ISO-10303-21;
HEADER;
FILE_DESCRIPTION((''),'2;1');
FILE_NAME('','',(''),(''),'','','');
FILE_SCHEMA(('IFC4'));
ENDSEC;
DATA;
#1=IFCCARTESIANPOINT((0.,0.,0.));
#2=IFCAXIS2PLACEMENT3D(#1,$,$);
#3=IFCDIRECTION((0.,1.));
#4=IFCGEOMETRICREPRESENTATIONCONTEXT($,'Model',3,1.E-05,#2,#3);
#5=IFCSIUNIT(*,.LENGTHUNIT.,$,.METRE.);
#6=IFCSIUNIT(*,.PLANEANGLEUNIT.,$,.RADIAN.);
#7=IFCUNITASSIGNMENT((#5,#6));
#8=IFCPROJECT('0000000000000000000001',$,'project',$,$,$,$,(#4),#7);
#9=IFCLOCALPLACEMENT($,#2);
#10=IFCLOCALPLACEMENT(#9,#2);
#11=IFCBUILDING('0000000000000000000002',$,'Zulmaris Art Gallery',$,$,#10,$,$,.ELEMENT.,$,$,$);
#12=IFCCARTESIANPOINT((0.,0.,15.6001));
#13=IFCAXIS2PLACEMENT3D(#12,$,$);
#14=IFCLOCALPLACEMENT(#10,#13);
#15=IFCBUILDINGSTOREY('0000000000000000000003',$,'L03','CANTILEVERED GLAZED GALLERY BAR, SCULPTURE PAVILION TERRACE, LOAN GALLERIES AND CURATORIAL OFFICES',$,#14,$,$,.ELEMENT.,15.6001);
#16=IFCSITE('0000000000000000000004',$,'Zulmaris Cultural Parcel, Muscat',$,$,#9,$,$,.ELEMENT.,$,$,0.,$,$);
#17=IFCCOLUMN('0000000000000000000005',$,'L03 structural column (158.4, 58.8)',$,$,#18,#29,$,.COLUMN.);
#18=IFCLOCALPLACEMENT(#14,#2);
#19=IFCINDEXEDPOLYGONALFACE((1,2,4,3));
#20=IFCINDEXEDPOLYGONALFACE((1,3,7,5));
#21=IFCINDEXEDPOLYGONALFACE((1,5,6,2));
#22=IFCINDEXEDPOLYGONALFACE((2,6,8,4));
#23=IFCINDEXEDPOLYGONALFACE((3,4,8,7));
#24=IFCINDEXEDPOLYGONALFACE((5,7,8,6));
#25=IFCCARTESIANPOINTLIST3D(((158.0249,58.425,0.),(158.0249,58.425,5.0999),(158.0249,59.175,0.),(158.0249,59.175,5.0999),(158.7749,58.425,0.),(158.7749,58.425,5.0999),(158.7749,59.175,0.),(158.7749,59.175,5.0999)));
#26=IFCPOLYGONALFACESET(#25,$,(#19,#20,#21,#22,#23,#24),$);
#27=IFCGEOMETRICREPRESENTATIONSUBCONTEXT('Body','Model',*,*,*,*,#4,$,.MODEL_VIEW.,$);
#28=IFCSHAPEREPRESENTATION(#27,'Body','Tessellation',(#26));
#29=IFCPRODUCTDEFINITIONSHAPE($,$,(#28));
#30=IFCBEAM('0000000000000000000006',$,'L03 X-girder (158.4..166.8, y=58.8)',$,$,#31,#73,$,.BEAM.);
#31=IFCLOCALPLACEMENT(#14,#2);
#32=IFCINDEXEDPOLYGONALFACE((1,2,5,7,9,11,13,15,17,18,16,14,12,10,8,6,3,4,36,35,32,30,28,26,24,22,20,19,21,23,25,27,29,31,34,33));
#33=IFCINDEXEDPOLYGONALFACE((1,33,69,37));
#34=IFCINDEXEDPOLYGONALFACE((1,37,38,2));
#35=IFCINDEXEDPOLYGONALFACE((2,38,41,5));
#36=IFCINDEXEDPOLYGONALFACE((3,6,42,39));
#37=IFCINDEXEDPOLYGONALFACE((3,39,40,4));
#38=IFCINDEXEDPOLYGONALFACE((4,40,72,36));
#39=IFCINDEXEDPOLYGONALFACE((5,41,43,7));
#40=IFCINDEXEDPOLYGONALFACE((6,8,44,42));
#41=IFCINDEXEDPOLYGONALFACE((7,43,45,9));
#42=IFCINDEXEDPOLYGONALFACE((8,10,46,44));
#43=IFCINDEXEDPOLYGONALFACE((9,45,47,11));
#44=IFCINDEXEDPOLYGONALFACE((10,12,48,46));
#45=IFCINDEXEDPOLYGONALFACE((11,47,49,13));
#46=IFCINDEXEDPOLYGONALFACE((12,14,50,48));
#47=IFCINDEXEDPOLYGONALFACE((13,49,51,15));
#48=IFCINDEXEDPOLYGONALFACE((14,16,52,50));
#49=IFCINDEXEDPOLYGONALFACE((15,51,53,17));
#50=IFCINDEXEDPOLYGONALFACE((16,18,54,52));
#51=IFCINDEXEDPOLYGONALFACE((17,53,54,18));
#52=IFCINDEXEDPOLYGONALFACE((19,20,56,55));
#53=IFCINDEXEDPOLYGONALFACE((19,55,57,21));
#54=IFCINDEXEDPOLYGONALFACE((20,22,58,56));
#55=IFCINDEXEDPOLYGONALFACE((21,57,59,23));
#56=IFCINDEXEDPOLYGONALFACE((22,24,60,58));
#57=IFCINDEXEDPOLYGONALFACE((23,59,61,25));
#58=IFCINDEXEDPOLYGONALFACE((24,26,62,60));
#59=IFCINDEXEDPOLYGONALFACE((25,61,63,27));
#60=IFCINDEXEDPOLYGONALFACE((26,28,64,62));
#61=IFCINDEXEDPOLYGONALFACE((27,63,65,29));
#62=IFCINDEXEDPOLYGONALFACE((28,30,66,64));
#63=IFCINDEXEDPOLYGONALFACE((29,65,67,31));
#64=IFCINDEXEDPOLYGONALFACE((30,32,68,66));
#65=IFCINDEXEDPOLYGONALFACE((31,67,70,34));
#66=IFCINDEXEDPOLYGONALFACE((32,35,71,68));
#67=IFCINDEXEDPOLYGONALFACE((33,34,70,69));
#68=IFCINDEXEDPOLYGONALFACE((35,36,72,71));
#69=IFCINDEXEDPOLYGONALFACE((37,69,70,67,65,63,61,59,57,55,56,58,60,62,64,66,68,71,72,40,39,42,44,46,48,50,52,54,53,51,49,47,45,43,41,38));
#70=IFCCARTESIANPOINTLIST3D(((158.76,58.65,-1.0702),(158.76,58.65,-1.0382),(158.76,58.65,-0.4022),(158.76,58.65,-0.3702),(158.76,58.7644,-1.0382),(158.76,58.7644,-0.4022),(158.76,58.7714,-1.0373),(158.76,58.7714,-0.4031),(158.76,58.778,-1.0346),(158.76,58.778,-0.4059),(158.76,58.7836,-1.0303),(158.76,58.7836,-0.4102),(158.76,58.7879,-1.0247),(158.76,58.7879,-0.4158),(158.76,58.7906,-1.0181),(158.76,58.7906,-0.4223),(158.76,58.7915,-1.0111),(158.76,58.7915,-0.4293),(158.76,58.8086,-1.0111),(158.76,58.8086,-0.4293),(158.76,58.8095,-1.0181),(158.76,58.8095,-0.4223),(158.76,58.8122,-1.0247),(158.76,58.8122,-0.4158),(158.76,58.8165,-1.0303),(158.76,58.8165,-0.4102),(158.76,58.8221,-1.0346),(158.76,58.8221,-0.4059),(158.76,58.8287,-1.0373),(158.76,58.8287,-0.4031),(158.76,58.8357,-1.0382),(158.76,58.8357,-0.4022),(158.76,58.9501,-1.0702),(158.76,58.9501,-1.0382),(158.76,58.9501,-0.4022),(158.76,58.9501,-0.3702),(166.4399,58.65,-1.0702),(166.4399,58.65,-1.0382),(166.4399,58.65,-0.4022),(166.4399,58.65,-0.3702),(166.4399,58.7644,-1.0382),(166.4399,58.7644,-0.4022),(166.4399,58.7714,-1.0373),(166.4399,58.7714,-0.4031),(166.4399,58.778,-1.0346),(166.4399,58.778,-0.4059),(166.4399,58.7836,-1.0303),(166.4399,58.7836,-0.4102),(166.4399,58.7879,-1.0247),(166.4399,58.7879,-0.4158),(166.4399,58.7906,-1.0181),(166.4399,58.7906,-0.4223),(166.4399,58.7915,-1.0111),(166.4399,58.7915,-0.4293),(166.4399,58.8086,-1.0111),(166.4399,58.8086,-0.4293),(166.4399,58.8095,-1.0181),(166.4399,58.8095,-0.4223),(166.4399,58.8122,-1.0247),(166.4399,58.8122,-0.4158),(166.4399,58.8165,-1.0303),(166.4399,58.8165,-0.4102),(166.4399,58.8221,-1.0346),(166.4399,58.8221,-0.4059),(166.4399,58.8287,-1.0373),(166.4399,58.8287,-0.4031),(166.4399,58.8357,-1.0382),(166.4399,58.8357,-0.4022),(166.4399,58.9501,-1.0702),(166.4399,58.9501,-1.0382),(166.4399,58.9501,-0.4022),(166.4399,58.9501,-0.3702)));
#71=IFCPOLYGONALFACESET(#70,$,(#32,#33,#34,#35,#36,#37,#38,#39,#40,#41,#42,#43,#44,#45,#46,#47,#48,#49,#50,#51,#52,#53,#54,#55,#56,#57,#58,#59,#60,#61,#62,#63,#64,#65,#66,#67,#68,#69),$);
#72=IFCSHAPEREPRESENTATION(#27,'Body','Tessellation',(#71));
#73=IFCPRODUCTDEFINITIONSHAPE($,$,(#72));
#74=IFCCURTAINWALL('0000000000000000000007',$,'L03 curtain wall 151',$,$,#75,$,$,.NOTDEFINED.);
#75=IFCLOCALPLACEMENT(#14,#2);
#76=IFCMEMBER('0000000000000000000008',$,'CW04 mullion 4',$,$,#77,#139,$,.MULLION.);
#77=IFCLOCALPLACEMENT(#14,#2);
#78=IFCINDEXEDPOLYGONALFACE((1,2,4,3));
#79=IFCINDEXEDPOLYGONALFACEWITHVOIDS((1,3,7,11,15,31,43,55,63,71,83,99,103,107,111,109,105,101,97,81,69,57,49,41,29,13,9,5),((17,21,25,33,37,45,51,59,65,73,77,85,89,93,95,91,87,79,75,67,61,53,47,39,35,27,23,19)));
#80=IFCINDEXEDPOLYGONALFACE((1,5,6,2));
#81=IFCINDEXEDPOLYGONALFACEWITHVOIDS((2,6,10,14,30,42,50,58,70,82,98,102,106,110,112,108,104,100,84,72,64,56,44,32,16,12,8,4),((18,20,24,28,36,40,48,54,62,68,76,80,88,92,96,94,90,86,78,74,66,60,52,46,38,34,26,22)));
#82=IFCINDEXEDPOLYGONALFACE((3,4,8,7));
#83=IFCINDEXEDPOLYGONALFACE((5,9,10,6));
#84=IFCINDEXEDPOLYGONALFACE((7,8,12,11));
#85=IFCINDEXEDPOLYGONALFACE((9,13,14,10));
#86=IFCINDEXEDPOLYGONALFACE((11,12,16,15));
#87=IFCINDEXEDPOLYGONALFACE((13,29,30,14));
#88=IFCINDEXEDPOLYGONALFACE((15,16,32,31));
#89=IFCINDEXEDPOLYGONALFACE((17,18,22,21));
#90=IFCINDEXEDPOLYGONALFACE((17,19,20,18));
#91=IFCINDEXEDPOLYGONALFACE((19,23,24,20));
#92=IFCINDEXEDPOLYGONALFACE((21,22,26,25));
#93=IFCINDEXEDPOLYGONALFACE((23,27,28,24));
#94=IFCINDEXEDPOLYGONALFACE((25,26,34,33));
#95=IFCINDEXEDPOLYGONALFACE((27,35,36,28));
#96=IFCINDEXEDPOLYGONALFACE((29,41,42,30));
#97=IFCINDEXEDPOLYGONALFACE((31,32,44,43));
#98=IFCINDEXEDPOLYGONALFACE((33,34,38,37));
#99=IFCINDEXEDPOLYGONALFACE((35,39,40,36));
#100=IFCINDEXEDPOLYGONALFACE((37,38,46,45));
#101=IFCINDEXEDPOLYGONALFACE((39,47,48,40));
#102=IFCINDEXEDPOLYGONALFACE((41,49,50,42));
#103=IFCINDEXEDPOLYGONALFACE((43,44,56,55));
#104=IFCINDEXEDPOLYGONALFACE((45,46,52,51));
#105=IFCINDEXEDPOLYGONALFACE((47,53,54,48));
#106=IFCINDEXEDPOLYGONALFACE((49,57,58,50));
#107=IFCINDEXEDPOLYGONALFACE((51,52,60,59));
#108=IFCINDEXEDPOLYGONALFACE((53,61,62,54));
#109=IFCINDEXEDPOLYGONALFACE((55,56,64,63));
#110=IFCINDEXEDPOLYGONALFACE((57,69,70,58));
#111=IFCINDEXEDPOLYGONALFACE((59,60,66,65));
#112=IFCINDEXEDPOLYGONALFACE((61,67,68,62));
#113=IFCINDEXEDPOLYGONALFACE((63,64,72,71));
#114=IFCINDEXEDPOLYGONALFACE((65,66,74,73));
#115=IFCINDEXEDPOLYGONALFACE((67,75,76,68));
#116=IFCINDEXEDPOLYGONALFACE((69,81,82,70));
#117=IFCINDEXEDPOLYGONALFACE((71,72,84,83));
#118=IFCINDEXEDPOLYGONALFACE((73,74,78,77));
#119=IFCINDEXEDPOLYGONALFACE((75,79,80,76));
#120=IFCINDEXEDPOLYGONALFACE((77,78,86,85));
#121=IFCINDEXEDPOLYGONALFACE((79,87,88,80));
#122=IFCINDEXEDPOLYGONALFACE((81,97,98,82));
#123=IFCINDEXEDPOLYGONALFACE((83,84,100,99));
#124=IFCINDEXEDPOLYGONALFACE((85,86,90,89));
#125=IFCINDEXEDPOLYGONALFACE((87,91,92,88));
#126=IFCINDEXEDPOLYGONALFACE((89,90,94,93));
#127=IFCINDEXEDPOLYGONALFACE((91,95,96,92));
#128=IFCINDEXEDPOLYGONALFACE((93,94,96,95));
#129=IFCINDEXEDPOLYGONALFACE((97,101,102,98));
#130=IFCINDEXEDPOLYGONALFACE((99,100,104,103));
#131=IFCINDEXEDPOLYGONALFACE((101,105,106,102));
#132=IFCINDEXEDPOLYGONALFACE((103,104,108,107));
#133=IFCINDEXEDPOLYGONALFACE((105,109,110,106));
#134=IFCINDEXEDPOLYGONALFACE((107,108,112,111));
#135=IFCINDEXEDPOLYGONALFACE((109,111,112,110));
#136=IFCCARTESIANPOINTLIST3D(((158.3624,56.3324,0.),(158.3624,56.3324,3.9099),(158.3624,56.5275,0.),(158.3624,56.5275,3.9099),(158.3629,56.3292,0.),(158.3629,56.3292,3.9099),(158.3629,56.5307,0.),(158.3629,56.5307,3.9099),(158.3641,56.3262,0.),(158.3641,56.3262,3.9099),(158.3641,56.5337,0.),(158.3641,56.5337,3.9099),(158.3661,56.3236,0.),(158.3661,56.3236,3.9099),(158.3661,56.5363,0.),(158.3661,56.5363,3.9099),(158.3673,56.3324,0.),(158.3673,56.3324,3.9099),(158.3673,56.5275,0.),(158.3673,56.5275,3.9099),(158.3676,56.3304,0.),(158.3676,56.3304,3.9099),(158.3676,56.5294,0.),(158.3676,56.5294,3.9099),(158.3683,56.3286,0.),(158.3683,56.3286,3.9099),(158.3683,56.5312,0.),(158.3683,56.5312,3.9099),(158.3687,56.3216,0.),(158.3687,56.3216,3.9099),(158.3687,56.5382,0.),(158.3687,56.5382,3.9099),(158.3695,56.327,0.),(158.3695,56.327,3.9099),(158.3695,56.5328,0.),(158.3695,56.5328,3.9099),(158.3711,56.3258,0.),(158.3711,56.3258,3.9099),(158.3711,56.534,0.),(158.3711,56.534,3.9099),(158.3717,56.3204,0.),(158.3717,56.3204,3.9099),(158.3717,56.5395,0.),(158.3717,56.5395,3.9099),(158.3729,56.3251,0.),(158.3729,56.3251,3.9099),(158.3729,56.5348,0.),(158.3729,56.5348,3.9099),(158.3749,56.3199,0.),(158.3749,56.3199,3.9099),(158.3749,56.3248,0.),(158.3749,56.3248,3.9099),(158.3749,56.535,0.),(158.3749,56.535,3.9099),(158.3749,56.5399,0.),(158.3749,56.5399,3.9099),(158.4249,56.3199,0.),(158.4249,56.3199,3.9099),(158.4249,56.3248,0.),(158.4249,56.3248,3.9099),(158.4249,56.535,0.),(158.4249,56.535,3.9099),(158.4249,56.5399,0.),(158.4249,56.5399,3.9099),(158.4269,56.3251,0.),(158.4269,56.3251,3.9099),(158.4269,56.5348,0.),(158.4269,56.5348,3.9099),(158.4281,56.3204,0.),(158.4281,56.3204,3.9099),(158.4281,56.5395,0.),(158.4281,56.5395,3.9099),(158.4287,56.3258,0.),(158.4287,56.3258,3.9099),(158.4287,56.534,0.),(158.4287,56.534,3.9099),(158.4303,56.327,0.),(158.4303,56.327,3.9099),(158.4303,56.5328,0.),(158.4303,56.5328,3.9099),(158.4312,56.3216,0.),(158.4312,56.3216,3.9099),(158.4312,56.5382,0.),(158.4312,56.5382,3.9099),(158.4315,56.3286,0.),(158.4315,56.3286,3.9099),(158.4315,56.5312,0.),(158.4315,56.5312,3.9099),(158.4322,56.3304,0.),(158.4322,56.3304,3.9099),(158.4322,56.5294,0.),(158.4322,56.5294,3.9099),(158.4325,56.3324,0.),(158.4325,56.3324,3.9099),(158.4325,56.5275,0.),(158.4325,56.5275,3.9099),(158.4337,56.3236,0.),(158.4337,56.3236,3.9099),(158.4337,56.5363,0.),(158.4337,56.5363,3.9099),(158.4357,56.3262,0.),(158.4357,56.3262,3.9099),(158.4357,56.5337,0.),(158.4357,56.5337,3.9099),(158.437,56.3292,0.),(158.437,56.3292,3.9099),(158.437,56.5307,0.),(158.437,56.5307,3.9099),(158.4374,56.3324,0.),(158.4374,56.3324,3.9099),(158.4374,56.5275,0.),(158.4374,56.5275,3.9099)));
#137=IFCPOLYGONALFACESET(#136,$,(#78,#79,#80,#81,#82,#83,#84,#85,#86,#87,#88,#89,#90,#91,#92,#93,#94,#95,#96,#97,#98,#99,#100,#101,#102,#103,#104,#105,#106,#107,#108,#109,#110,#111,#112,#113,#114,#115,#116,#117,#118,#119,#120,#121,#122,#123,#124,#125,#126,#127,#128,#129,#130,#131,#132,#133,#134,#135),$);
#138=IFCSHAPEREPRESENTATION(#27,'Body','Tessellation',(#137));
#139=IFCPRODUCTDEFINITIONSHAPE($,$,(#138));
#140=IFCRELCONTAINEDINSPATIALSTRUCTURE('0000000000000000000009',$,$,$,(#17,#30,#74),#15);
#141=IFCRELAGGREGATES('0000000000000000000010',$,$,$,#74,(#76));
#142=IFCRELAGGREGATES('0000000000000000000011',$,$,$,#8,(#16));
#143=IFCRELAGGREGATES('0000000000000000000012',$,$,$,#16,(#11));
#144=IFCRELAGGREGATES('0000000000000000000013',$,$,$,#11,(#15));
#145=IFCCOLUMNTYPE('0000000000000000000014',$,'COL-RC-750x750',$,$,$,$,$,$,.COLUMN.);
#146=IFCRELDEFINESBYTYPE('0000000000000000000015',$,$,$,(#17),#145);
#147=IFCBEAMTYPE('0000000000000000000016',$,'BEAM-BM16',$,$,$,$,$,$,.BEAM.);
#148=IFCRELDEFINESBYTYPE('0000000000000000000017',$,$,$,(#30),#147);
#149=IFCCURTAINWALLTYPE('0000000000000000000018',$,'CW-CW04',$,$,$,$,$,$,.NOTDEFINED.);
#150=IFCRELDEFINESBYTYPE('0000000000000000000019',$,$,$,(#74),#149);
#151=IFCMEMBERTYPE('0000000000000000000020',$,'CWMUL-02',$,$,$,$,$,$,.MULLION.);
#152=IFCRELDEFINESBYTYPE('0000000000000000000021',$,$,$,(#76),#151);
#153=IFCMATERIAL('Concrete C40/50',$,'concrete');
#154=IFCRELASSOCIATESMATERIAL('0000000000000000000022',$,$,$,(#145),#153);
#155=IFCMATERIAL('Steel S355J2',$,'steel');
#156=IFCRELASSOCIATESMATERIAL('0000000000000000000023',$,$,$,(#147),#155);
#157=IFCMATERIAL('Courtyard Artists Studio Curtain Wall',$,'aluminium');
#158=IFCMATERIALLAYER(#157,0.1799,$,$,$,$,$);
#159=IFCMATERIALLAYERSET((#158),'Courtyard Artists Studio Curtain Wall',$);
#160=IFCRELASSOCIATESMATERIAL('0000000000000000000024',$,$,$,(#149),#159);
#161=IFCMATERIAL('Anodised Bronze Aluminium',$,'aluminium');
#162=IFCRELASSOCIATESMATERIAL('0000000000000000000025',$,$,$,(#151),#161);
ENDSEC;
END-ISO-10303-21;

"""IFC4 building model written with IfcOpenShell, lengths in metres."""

from ifc_helpers import new_model, si_unit, direction, frame, origin, origin_2d, place, context, subcontext, project, spatial, rectangle, hollow_rectangle, i_section, extrude, material, layer, layer_set, material_profile, profile_set, type_object, element, aggregate, save


model = new_model("IFC4")

# Units and contexts
model_context = context("Model", 3, precision=1e-05, world=origin(), true_north=direction((0.0, 1.0)))
body_context = subcontext(model_context, "Body", "Model", "MODEL_VIEW")
ifc_project = project(units=[si_unit("LENGTHUNIT", "METRE"), si_unit("PLANEANGLEUNIT", "RADIAN")], contexts=[model_context])

# Site, building, storey
site_placement = place(None, origin())
site = spatial("IfcSite", under=ifc_project, at=site_placement, Name="Zulmaris Cultural Parcel, Muscat", CompositionType="ELEMENT", RefElevation=0.0)
building_placement = place(site_placement, origin())
building = spatial("IfcBuilding", under=site, at=building_placement, Name="Zulmaris Art Gallery", CompositionType="ELEMENT")
storey_placement = place(building_placement, frame((0.0, 0.0, 15.6001)))
storey = spatial("IfcBuildingStorey", under=building, at=storey_placement, Name="L03", Description="CANTILEVERED GLAZED GALLERY BAR, SCULPTURE PAVILION TERRACE, LOAN GALLERIES AND CURATORIAL OFFICES", CompositionType="ELEMENT", Elevation=15.6001)

# Column
ifc_material_1 = material(Name="Concrete C40/50", Category="concrete")
ifc_material_profile_1 = material_profile(ifc_material_1, rectangle(XDim=0.75, YDim=0.75, at=origin_2d()), Name="RC 750x750")
ifc_profile_set_1 = profile_set([ifc_material_profile_1], Name="Concrete C40/50")
column_type = type_object("IfcColumnType", Name="COL-RC-750x750", PredefinedType="COLUMN", material=ifc_profile_set_1)
column_placement = place(storey_placement, frame((158.3999, 58.8, 0.0), z_axis=(0.0, 0.0, 1.0), x_axis=(1.0, 0.0, 0.0)))
element("IfcColumn", 1, at=column_placement, inside=storey, type_object=column_type, Name="L03 structural column (158.4, 58.8)", PredefinedType="COLUMN", context=body_context, shape_type="SweptSolid", body=[
    extrude(rectangle(XDim=0.75, YDim=0.75, at=origin_2d()), origin(), (0.0, 0.0, 1.0), 5.0999),
])

# Beam
ifc_material_2 = material(Name="Steel S355J2", Category="steel")
ifc_material_profile_2 = material_profile(ifc_material_2, i_section(OverallWidth=0.3, OverallDepth=0.7, WebThickness=0.0171, FlangeThickness=0.032, FilletRadius=0.0271, at=origin_2d()), Name="HEB 700")
ifc_profile_set_2 = profile_set([ifc_material_profile_2], Name="Steel S355J2")
beam_type = type_object("IfcBeamType", Name="BEAM-BM16", PredefinedType="BEAM", material=ifc_profile_set_2)
beam_placement = place(storey_placement, frame((158.76, 58.8, -0.7202), z_axis=(1.0, 0.0, 0.0), x_axis=(0.0, 1.0, 0.0)))
element("IfcBeam", 2, at=beam_placement, inside=storey, type_object=beam_type, Name="L03 X-girder (158.4..166.8, y=58.8)", PredefinedType="BEAM", context=body_context, shape_type="SweptSolid", body=[
    extrude(i_section(OverallWidth=0.3, OverallDepth=0.7, WebThickness=0.0171, FlangeThickness=0.032, FilletRadius=0.0271, at=origin_2d()), origin(), (0.0, 0.0, 1.0), 7.6799),
])

# Curtain wall, member
ifc_material_3 = material(Name="Courtyard Artists Studio Curtain Wall", Category="aluminium")
ifc_layer_1 = layer(ifc_material_3, 0.1799)
ifc_layer_set_1 = layer_set([ifc_layer_1], Name="Courtyard Artists Studio Curtain Wall")
curtain_wall_type = type_object("IfcCurtainWallType", Name="CW-CW04", PredefinedType="NOTDEFINED", material=ifc_layer_set_1)
curtain_wall_1_placement = place(storey_placement, origin())
curtain_wall_1 = element("IfcCurtainWall", 3, at=curtain_wall_1_placement, inside=storey, type_object=curtain_wall_type, Name="L03 curtain wall 151", PredefinedType="NOTDEFINED")
ifc_material_4 = material(Name="Anodised Bronze Aluminium", Category="aluminium")
ifc_material_profile_3 = material_profile(ifc_material_4, hollow_rectangle(XDim=0.075, YDim=0.22, WallThickness=0.0049, InnerFilletRadius=0.0076, OuterFilletRadius=0.0125, at=origin_2d()), Name="ALU 75x220x5")
ifc_profile_set_3 = profile_set([ifc_material_profile_3], Name="Anodised Bronze Aluminium")
member_type_1 = type_object("IfcMemberType", Name="CWMUL-02", PredefinedType="MULLION", material=ifc_profile_set_3)
member_1_placement = place(storey_placement, frame((158.3999, 56.4299, 0.0), z_axis=(0.0, 0.0, 1.0), x_axis=(-1.0, 0.0, 0.0)))
member_1 = element("IfcMember", 4, at=member_1_placement, type_object=member_type_1, Name="CW04 mullion 4", PredefinedType="MULLION", context=body_context, shape_type="SweptSolid", body=[
    extrude(hollow_rectangle(XDim=0.075, YDim=0.22, WallThickness=0.0049, InnerFilletRadius=0.0076, OuterFilletRadius=0.0125, at=origin_2d()), origin(), (0.0, 0.0, 1.0), 3.9099),
])

aggregate(curtain_wall_1, [member_1])

save(model, "model.ifc")
